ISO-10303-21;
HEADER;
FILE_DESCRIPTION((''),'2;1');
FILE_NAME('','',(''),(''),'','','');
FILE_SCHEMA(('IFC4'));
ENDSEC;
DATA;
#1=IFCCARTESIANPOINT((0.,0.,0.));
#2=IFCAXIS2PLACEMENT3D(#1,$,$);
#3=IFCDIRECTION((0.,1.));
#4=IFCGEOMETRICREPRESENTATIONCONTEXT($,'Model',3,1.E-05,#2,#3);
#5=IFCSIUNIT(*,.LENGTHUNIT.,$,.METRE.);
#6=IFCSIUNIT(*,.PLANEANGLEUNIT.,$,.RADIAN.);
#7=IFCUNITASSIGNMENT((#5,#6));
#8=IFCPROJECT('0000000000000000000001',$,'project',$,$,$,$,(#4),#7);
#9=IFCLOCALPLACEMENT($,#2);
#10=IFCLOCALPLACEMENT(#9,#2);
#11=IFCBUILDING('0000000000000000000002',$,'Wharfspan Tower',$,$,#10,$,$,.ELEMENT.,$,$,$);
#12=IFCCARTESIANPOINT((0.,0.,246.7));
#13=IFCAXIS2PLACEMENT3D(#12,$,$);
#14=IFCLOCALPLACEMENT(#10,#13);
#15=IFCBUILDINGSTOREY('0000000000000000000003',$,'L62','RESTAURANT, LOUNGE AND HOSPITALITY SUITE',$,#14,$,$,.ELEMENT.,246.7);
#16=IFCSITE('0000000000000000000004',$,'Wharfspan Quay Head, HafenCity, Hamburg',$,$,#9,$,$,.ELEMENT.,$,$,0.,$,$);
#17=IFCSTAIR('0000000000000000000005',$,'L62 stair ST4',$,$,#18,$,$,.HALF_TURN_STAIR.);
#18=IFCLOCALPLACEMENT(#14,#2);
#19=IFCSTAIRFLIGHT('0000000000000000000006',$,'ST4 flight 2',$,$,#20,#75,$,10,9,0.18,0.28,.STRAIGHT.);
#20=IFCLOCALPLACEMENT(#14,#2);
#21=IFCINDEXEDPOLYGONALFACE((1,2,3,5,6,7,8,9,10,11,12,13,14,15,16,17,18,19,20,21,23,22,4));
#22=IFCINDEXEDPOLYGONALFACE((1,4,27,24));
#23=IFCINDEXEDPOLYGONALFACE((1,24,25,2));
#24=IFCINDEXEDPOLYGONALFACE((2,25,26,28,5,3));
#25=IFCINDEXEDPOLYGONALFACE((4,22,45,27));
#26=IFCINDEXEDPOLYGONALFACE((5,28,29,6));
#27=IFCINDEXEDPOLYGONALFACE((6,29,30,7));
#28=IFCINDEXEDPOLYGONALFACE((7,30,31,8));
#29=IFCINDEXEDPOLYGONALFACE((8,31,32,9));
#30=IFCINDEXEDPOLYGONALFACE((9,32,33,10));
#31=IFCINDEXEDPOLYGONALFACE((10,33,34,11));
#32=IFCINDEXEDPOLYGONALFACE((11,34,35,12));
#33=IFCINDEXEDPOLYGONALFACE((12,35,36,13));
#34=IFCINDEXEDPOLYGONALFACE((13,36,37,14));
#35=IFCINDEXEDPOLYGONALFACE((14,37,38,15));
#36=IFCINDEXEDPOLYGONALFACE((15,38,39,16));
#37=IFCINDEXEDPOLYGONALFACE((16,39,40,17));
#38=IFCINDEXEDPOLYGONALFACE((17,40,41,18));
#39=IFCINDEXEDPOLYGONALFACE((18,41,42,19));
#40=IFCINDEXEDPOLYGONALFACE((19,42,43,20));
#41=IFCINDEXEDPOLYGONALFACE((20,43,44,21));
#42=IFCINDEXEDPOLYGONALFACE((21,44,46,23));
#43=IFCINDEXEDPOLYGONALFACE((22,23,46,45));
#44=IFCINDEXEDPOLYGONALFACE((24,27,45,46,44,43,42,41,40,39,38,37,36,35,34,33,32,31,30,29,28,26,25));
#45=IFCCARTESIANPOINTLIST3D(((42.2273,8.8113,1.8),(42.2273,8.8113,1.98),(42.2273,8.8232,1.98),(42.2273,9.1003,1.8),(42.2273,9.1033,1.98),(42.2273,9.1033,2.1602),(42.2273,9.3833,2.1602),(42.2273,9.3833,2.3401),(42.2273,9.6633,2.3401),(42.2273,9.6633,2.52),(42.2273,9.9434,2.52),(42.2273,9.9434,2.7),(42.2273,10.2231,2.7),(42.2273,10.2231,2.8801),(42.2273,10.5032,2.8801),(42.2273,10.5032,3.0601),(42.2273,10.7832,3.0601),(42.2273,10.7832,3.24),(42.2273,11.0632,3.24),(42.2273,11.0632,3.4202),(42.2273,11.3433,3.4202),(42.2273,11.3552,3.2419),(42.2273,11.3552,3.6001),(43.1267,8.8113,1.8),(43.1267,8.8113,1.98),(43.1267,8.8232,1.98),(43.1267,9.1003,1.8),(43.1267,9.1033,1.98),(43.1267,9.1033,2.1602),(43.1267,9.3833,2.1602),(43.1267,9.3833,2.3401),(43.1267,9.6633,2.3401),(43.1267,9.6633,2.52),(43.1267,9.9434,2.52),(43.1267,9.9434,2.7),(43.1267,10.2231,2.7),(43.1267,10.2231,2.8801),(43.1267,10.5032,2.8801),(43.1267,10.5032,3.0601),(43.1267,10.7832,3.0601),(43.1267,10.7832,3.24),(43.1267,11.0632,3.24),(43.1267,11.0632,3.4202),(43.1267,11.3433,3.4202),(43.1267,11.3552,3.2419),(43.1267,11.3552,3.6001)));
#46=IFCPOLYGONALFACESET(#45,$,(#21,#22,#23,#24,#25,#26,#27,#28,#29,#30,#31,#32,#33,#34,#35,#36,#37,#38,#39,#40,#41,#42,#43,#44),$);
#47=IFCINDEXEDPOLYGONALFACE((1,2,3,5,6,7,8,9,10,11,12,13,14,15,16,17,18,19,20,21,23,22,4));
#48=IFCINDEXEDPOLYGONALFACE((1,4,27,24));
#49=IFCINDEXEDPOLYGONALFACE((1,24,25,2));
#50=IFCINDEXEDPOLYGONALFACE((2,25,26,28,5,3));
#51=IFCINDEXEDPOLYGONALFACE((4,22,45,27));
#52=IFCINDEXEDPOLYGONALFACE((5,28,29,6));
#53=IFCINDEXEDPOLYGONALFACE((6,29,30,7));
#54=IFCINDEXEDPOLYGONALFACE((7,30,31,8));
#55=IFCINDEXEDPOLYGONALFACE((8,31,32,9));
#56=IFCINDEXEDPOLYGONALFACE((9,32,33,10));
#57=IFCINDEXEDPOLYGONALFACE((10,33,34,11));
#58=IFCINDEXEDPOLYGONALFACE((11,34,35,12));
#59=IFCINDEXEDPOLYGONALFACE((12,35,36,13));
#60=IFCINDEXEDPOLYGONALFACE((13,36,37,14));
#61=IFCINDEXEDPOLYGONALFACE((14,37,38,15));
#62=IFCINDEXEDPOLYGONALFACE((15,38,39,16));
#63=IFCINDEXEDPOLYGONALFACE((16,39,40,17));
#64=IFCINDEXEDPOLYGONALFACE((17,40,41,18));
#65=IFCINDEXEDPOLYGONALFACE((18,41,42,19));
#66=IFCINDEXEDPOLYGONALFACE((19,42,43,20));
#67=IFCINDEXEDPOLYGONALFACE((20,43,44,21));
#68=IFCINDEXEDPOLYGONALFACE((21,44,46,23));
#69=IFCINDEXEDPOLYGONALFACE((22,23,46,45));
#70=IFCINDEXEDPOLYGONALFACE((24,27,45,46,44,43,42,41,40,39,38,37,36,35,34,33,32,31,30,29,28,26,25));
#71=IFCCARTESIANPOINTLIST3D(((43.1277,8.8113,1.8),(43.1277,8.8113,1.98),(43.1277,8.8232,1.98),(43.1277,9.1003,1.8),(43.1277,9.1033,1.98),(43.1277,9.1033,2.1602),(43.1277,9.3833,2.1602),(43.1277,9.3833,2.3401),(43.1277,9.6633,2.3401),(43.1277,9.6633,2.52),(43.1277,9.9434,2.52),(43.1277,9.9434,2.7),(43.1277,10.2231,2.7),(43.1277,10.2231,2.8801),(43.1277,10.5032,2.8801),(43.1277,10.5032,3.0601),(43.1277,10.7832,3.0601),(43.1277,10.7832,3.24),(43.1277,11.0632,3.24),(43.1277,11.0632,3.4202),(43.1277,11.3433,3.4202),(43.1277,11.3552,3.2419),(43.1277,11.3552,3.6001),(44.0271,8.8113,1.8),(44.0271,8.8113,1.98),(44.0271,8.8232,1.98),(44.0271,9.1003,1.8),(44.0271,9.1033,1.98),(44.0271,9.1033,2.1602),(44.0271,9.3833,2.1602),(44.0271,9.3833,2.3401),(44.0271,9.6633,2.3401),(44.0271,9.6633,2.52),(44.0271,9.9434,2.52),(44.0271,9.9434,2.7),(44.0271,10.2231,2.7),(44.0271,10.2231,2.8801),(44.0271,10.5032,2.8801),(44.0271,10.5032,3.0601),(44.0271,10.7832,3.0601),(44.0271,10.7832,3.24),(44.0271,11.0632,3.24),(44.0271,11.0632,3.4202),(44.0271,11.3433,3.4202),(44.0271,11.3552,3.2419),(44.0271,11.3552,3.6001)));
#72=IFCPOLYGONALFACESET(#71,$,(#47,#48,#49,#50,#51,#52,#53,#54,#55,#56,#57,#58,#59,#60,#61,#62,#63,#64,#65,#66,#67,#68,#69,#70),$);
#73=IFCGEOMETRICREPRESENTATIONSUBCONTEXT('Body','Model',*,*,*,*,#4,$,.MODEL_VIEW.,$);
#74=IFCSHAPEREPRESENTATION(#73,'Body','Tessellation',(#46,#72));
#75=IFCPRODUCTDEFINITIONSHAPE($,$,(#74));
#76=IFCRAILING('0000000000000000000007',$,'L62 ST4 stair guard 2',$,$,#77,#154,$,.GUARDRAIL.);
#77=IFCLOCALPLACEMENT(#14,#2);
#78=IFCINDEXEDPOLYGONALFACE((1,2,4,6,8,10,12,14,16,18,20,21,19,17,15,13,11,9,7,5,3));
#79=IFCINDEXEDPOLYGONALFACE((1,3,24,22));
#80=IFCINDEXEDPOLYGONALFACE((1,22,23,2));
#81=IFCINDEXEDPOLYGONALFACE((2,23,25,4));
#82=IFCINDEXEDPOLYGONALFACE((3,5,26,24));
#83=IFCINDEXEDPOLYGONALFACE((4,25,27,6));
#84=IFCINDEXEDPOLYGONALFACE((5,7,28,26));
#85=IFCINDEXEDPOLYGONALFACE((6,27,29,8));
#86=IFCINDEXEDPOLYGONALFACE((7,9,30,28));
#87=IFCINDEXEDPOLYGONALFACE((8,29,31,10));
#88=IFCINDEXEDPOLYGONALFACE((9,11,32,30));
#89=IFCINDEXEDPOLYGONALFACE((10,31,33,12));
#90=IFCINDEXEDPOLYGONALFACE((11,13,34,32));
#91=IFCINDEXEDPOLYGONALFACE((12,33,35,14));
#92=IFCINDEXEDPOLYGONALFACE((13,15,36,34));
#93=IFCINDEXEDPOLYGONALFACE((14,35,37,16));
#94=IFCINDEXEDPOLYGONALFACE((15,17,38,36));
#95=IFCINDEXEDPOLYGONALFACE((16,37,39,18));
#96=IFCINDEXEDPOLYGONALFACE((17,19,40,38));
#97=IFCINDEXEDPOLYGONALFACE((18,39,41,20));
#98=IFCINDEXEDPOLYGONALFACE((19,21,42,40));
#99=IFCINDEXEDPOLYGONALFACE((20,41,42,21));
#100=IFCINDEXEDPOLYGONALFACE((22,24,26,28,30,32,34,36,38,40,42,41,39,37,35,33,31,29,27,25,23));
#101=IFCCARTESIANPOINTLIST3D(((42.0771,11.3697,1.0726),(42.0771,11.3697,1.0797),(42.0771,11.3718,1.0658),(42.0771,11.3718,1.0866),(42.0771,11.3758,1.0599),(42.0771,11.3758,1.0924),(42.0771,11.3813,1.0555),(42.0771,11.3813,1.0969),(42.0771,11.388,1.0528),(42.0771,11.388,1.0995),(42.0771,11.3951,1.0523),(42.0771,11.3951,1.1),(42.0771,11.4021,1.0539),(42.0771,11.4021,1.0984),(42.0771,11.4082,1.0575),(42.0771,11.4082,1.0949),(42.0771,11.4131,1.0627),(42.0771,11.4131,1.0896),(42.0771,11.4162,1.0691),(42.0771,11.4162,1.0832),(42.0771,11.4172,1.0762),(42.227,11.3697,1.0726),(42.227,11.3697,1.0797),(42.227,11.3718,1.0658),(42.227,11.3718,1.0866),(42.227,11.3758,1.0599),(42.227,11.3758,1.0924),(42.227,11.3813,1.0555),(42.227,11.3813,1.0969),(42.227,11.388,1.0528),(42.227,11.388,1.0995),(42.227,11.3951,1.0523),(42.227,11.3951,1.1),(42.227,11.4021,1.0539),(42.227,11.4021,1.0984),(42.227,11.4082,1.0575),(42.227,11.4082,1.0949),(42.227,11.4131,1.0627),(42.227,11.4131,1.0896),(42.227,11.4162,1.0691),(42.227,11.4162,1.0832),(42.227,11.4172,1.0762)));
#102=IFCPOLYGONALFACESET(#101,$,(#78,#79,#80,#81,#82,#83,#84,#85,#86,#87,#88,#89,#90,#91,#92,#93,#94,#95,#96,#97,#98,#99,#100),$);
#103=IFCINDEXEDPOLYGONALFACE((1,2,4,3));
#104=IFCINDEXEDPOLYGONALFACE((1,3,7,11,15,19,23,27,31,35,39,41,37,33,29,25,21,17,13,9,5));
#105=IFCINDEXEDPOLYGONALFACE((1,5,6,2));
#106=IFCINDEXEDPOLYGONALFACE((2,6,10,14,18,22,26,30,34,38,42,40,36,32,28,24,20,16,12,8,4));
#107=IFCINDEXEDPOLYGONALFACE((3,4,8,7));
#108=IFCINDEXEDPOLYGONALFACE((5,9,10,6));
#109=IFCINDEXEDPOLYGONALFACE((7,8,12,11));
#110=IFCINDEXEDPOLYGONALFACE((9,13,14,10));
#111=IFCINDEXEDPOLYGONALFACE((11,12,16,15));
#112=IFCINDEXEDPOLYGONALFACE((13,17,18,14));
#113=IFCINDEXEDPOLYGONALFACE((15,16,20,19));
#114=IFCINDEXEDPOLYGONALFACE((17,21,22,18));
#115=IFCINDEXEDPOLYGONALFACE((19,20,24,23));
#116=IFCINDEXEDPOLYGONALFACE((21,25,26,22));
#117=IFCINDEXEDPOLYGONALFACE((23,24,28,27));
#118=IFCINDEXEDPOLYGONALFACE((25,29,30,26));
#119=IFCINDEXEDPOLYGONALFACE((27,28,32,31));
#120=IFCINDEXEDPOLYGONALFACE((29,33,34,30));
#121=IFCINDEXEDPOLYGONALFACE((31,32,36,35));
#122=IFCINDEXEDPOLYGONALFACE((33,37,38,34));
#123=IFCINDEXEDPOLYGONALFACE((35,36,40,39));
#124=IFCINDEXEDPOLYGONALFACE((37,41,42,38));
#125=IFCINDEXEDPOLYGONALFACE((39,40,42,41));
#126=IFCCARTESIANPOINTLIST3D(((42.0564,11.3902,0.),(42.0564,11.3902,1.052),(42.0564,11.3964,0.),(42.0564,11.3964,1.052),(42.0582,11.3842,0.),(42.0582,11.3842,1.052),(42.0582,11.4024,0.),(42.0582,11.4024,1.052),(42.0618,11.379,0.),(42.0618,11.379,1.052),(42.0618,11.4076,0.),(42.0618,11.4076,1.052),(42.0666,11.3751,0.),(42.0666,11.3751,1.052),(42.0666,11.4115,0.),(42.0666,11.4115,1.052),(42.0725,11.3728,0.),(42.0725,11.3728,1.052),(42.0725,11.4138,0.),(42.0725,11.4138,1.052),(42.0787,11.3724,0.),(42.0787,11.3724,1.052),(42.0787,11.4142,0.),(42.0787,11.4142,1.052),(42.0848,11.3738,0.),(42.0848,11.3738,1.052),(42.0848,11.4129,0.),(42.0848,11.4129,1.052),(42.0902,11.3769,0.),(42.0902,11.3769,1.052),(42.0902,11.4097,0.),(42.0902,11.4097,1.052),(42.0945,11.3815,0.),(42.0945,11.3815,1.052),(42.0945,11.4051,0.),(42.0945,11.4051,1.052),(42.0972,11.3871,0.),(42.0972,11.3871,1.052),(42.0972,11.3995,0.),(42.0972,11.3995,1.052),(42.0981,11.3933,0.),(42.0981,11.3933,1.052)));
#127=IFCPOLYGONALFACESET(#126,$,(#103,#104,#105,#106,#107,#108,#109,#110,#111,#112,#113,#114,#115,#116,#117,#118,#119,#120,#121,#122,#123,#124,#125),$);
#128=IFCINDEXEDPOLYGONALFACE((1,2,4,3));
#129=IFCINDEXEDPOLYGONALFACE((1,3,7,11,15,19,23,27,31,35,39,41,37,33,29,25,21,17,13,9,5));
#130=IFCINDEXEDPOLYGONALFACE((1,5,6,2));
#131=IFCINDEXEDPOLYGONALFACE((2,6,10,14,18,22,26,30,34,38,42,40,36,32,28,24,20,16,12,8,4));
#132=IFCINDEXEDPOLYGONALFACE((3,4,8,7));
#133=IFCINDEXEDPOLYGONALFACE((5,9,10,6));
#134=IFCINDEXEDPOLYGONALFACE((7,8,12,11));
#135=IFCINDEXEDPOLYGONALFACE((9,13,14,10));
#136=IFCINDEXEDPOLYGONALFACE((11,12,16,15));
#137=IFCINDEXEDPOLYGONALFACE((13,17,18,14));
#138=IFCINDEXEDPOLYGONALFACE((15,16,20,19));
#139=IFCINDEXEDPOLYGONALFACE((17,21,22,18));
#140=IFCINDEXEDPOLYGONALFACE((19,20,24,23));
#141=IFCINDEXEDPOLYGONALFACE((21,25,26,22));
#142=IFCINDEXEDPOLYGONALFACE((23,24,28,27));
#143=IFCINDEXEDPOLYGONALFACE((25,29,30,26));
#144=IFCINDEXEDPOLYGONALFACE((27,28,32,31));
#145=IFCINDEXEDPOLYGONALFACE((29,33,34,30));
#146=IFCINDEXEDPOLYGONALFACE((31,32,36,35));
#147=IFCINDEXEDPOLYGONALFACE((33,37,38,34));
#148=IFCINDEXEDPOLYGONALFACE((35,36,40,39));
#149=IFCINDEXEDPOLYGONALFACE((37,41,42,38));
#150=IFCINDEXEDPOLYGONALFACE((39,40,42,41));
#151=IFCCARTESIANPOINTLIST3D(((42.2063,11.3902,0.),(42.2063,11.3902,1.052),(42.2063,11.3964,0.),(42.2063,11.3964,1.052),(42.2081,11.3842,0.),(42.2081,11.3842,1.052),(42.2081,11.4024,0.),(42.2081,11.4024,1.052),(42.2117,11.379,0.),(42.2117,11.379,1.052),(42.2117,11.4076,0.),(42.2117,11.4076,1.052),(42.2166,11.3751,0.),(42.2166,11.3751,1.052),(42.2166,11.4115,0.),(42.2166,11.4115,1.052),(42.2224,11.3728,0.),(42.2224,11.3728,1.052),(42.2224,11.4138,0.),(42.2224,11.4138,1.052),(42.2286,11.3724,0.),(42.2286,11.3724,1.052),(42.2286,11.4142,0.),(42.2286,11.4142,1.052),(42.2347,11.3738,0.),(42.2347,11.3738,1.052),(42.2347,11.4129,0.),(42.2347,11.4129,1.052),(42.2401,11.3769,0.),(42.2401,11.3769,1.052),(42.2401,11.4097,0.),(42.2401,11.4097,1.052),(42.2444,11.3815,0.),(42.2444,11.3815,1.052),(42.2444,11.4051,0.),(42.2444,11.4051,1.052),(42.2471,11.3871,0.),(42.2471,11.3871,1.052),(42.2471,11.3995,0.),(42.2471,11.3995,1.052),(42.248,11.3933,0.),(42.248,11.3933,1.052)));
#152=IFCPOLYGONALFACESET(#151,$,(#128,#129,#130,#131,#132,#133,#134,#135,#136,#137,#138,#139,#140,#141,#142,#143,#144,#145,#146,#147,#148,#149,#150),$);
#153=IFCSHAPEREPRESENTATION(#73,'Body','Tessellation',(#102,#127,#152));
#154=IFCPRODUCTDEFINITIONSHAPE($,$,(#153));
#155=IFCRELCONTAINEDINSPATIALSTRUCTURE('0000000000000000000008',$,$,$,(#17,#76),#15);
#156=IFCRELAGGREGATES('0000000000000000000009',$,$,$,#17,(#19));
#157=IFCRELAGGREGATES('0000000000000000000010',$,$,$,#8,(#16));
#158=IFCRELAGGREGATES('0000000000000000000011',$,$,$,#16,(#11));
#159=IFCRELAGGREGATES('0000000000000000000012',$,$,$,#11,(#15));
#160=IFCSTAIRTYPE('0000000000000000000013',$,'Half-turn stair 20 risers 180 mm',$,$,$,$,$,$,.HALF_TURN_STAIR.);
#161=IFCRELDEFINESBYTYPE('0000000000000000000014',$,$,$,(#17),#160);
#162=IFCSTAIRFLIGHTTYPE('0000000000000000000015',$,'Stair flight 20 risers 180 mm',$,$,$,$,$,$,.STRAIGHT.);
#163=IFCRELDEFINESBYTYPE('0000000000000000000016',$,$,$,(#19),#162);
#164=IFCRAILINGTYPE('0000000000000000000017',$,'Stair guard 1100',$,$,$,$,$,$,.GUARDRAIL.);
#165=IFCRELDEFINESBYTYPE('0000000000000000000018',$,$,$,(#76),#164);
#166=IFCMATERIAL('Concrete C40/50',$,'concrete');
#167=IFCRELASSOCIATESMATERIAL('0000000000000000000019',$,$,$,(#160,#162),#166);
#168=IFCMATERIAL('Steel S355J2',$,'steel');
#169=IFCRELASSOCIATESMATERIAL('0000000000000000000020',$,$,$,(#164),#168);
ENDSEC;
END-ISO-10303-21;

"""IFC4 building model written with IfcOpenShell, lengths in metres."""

from ifc_helpers import new_model, si_unit, direction, frame, origin, origin_2d, place, context, subcontext, project, spatial, polyline, circle, outline, extrude, material, type_object, element, aggregate, save


model = new_model("IFC4")

# Units and contexts
model_context = context("Model", 3, precision=1e-05, world=origin(), true_north=direction((0.0, 1.0)))
body_context = subcontext(model_context, "Body", "Model", "MODEL_VIEW")
ifc_project = project(units=[si_unit("LENGTHUNIT", "METRE"), si_unit("PLANEANGLEUNIT", "RADIAN")], contexts=[model_context])

# Site, building, storey
site_placement = place(None, origin())
site = spatial("IfcSite", under=ifc_project, at=site_placement, Name="Wharfspan Quay Head, HafenCity, Hamburg", CompositionType="ELEMENT", RefElevation=0.0)
building_placement = place(site_placement, origin())
building = spatial("IfcBuilding", under=site, at=building_placement, Name="Wharfspan Tower", CompositionType="ELEMENT")
storey_placement = place(building_placement, frame((0.0, 0.0, 246.7)))
storey = spatial("IfcBuildingStorey", under=building, at=storey_placement, Name="L62", Description="RESTAURANT, LOUNGE AND HOSPITALITY SUITE", CompositionType="ELEMENT", Elevation=246.7)

# Shared definitions
ifc_material_1 = material(Name="Steel S355J2", Category="steel")

# Shared definitions
ifc_material_2 = material(Name="Concrete C40/50", Category="concrete")

# Stair, stair flight
stair_type = type_object("IfcStairType", Name="Half-turn stair 20 risers 180 mm", PredefinedType="HALF_TURN_STAIR", material=ifc_material_2)
stair_placement = place(storey_placement, origin())
stair = element("IfcStair", 1, at=stair_placement, inside=storey, type_object=stair_type, Name="L62 stair ST4", PredefinedType="HALF_TURN_STAIR")
stair_flight_type = type_object("IfcStairFlightType", Name="Stair flight 20 risers 180 mm", PredefinedType="STRAIGHT", material=ifc_material_2)
stair_flight_1_placement = place(storey_placement, frame((43.1272, 8.8232, 1.8), z_axis=(0.0, 0.0, 1.0), x_axis=(0.0, 1.0, 0.0)))
stair_flight_1 = element("IfcStairFlight", 2, at=stair_flight_1_placement, type_object=stair_flight_type, Name="ST4 flight 2", NumberOfRisers=10, NumberOfTreads=9, PredefinedType="STRAIGHT", RiserHeight=0.18, TreadLength=0.28, context=body_context, shape_type="SweptSolid", body=[
    extrude(outline(polyline([(-0.012, 0.0), (-0.012, 0.1799), (0.0, 0.1799), (0.28, 0.1799), (0.28, 0.3601), (0.5601, 0.3601), (0.5601, 0.54), (0.8401, 0.54), (0.8401, 0.72), (1.1201, 0.72), (1.1201, 0.8999), (1.3999, 0.8999), (1.3999, 1.0801), (1.6799, 1.0801), (1.6799, 1.26), (1.96, 1.26), (1.96, 1.4399), (2.24, 1.4399), (2.24, 1.6201), (2.52, 1.6201), (2.532, 1.8), (2.532, 1.4419), (0.2771, 0.0), (-0.012, 0.0)])), frame((0.0, 0.8999, 0.0), z_axis=(0.0, -1.0, 0.0), x_axis=(1.0, 0.0, 0.0)), (0.0, 0.0, 1.0), 0.8994),
    extrude(outline(polyline([(-0.012, 0.0), (-0.012, 0.1799), (0.0, 0.1799), (0.28, 0.1799), (0.28, 0.3601), (0.5601, 0.3601), (0.5601, 0.54), (0.8401, 0.54), (0.8401, 0.72), (1.1201, 0.72), (1.1201, 0.8999), (1.3999, 0.8999), (1.3999, 1.0801), (1.6799, 1.0801), (1.6799, 1.26), (1.96, 1.26), (1.96, 1.4399), (2.24, 1.4399), (2.24, 1.6201), (2.52, 1.6201), (2.532, 1.8), (2.532, 1.4419), (0.2771, 0.0), (-0.012, 0.0)])), frame((0.0, -0.0005, 0.0), z_axis=(0.0, -1.0, 0.0), x_axis=(1.0, 0.0, 0.0)), (0.0, 0.0, 1.0), 0.8994),
])
aggregate(stair, [stair_flight_1])

# Railing
railing_type_1 = type_object("IfcRailingType", Name="Stair guard 1100", PredefinedType="GUARDRAIL", material=ifc_material_1)
railing_1_placement = place(storey_placement, frame((42.0771, 11.3933, 0.0)))
element("IfcRailing", 3, at=railing_1_placement, inside=storey, type_object=railing_type_1, Name="L62 ST4 stair guard 2", PredefinedType="GUARDRAIL", context=body_context, shape_type="SweptSolid", body=[
    extrude(circle(Radius=0.0239, at=origin_2d()), frame((0.0, 0.0, 1.0762), z_axis=(1.0, 0.0, 0.0), x_axis=(0.0, 1.0, 0.0)), (0.0, 0.0, 1.0), 0.1499),
    extrude(circle(Radius=0.021, at=origin_2d()), origin(), (0.0, 0.0, 1.0), 1.052),
    extrude(circle(Radius=0.021, at=origin_2d()), frame((0.1499, 0.0, 0.0)), (0.0, 0.0, 1.0), 1.052),
])

save(model, "model.ifc")
